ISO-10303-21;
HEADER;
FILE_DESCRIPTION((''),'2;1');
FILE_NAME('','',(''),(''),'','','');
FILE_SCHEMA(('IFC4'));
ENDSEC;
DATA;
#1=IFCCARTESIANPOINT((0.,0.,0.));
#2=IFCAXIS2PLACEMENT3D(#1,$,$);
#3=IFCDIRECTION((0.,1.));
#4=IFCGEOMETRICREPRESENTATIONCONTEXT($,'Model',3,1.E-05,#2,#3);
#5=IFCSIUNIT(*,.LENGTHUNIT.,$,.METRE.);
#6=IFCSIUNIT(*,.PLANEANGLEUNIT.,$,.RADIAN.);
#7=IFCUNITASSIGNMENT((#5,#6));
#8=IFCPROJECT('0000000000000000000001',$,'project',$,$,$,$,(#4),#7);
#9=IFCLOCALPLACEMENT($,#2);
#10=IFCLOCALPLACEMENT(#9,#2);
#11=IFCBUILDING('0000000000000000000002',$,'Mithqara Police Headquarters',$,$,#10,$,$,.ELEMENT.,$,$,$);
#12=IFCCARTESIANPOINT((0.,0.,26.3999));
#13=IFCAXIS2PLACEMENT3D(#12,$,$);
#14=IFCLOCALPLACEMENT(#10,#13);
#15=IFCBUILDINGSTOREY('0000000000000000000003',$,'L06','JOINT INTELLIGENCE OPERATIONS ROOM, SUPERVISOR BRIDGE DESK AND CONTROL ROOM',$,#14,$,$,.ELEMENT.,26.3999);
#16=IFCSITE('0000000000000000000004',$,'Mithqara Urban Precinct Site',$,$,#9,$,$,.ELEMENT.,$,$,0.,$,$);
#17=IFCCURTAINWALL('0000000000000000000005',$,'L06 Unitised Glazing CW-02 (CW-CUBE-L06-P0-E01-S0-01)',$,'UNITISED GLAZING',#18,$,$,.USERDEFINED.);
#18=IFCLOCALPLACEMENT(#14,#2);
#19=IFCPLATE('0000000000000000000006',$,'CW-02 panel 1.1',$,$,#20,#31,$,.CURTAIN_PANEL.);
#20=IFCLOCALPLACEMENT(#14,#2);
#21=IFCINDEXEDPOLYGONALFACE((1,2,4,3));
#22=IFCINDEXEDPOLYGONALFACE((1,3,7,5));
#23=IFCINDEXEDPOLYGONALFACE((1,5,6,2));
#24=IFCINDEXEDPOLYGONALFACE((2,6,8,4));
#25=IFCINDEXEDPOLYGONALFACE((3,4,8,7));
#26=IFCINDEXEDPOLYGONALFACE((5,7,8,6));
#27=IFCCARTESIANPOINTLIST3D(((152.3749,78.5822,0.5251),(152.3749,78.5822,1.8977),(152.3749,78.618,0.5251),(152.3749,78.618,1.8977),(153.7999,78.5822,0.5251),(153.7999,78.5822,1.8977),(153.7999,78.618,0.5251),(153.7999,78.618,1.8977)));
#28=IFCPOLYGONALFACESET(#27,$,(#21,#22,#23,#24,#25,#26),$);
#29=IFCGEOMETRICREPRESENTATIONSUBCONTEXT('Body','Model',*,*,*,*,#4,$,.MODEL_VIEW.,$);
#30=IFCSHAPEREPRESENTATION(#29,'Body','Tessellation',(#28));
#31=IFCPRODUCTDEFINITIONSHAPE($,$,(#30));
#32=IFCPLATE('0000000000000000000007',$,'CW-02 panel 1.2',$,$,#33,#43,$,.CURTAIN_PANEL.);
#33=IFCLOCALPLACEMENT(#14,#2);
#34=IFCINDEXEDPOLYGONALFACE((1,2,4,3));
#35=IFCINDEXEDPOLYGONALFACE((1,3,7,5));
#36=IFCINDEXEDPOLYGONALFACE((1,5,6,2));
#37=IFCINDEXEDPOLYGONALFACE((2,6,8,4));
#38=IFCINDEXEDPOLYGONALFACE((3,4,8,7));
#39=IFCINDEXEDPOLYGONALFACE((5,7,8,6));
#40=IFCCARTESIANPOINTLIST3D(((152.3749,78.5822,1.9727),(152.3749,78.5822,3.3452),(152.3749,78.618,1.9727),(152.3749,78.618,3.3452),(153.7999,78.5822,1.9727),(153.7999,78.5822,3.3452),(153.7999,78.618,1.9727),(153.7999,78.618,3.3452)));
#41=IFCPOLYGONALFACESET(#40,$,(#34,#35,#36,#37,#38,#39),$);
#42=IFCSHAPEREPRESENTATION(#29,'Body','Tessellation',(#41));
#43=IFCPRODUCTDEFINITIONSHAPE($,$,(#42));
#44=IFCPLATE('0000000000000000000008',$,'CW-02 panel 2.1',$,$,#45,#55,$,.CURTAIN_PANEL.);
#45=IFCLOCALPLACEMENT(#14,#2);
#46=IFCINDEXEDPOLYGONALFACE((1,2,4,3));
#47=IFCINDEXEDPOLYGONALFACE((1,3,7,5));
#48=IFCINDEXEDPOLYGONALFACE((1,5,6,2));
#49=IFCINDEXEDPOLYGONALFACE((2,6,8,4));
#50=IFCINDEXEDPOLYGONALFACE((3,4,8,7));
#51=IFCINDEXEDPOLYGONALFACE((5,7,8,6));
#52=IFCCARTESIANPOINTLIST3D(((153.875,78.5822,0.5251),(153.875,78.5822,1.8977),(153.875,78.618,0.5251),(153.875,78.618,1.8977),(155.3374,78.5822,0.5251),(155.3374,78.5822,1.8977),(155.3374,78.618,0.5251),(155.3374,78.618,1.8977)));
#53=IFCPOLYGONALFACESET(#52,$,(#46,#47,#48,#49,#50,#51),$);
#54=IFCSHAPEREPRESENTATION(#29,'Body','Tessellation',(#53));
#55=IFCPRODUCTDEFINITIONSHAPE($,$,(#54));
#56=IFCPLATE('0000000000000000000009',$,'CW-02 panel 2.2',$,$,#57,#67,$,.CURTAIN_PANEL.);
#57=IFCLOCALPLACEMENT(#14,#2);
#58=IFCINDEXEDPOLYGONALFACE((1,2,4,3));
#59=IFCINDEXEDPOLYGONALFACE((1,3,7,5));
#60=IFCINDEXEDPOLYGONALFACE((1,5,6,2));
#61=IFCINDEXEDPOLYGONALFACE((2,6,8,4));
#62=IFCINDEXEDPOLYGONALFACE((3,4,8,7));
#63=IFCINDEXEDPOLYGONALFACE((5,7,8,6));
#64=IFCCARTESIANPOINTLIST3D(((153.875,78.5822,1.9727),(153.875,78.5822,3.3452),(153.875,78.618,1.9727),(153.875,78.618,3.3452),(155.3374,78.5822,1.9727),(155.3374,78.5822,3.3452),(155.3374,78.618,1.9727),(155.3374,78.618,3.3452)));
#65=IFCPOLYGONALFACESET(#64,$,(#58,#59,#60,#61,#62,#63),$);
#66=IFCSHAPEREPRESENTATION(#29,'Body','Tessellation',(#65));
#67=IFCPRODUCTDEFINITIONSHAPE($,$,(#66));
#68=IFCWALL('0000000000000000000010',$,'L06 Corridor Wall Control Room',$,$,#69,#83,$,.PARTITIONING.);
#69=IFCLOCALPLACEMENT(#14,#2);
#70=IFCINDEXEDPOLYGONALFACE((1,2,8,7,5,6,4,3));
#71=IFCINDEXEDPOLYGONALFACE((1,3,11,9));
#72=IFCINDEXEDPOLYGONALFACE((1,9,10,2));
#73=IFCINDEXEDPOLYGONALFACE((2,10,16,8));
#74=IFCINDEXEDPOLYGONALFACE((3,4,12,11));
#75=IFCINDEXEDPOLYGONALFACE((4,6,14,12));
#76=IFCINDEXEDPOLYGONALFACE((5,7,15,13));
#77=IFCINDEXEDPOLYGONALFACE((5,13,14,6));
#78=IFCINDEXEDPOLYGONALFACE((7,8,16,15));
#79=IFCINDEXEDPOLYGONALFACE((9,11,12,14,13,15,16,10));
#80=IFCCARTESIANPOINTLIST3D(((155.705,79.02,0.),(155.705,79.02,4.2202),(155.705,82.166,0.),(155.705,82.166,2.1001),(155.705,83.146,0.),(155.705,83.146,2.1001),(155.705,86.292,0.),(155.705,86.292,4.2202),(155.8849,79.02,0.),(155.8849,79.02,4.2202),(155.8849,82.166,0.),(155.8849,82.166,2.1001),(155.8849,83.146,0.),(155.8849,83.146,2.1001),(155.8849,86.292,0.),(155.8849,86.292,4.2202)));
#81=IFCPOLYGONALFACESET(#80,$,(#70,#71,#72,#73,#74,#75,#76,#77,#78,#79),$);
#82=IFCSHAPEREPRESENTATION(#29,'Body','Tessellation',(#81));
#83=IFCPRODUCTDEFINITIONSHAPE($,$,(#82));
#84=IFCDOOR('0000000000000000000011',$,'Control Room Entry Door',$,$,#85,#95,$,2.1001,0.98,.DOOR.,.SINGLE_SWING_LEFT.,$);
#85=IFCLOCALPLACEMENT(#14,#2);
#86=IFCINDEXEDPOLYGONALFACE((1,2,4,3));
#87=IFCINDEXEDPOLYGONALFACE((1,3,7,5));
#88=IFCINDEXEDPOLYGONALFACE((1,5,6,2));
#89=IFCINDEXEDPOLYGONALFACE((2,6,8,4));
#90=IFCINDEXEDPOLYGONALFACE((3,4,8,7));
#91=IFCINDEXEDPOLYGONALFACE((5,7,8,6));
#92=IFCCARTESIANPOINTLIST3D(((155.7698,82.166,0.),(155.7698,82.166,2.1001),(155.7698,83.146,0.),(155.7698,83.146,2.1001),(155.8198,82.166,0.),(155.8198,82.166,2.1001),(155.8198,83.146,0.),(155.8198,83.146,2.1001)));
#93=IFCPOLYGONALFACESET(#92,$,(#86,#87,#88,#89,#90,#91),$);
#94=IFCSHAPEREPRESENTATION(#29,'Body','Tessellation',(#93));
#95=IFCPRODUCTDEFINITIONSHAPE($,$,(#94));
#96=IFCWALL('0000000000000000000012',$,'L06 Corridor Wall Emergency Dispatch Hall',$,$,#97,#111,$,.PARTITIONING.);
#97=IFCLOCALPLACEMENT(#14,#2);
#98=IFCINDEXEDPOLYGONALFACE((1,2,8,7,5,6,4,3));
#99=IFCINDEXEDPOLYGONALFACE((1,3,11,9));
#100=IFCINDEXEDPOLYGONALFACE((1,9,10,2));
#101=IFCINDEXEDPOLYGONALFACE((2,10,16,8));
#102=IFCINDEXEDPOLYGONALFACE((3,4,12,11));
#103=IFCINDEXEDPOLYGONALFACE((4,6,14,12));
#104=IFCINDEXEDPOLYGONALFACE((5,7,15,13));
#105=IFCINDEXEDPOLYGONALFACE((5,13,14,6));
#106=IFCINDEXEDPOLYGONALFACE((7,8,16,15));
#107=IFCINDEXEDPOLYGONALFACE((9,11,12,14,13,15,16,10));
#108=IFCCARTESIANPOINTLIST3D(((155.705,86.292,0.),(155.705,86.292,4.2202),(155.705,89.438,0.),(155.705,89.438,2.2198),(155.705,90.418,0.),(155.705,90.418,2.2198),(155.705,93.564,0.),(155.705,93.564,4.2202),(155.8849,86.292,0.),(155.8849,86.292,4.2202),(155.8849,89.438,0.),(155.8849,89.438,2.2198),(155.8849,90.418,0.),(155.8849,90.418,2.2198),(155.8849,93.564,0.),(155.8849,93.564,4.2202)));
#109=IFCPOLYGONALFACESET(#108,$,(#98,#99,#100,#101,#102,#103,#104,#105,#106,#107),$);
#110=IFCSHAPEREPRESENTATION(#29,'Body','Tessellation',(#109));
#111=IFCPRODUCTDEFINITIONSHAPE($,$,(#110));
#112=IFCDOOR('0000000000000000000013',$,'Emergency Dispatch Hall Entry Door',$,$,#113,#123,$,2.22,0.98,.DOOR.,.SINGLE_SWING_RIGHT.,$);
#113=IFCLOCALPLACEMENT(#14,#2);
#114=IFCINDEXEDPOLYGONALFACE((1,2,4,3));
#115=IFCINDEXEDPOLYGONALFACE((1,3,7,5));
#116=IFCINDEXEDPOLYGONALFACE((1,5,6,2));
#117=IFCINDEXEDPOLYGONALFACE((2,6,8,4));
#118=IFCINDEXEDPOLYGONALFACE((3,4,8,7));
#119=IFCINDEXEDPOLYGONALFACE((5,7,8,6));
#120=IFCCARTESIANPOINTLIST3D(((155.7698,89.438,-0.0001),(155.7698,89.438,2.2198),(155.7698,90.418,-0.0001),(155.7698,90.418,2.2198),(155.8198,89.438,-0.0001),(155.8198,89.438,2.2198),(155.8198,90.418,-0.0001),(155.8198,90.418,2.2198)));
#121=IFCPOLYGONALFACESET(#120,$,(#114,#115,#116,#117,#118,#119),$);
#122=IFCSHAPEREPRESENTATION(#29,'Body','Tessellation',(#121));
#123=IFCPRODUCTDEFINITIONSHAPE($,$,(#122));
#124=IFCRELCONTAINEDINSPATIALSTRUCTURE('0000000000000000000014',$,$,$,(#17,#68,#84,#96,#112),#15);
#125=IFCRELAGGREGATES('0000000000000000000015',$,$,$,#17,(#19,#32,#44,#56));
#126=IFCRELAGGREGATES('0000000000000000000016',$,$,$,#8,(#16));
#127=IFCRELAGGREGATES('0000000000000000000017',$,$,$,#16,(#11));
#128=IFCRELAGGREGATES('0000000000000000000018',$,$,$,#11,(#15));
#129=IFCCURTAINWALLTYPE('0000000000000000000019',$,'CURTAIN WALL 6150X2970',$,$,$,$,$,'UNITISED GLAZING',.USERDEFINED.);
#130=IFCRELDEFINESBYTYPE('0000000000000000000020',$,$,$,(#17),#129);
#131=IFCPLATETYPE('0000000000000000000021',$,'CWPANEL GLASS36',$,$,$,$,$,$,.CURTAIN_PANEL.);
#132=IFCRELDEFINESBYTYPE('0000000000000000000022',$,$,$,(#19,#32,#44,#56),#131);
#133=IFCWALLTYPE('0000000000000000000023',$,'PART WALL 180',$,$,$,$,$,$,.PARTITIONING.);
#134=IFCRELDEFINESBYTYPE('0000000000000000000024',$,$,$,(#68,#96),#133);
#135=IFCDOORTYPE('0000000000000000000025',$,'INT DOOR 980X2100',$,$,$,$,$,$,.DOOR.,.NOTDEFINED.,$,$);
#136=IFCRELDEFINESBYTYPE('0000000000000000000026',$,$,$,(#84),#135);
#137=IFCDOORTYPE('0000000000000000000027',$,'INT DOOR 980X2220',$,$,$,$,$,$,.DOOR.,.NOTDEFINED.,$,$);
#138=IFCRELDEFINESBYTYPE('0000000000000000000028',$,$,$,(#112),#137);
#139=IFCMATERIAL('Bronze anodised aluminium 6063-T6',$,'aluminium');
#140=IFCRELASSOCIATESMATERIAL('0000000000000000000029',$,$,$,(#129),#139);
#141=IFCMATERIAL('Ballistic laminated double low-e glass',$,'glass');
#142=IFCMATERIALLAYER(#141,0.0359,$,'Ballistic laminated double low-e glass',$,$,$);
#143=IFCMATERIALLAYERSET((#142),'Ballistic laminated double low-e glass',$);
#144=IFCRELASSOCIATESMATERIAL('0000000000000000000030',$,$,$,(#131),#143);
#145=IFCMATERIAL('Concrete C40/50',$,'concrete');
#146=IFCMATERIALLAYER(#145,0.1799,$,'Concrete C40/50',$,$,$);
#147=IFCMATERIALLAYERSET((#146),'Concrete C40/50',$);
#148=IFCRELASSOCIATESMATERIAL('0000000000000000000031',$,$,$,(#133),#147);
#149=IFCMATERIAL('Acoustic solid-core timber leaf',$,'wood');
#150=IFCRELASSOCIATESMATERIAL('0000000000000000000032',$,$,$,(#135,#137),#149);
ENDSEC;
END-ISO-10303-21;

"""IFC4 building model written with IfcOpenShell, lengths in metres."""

from ifc_helpers import new_model, si_unit, direction, frame, frame_2d, origin, origin_2d, place, context, subcontext, project, spatial, rectangle, extrude, material, layer, layer_set, type_object, element, fill, aggregate, save


model = new_model("IFC4")

# Units and contexts
model_context = context("Model", 3, precision=1e-05, world=origin(), true_north=direction((0.0, 1.0)))
body_context = subcontext(model_context, "Body", "Model", "MODEL_VIEW")
ifc_project = project(units=[si_unit("LENGTHUNIT", "METRE"), si_unit("PLANEANGLEUNIT", "RADIAN")], contexts=[model_context])

# Site, building, storey
site_placement = place(None, origin())
site = spatial("IfcSite", under=ifc_project, at=site_placement, Name="Mithqara Urban Precinct Site", CompositionType="ELEMENT", RefElevation=0.0)
building_placement = place(site_placement, origin())
building = spatial("IfcBuilding", under=site, at=building_placement, Name="Mithqara Police Headquarters", CompositionType="ELEMENT")
storey_placement = place(building_placement, frame((0.0, 0.0, 26.3999)))
storey = spatial("IfcBuildingStorey", under=building, at=storey_placement, Name="L06", Description="JOINT INTELLIGENCE OPERATIONS ROOM, SUPERVISOR BRIDGE DESK AND CONTROL ROOM", CompositionType="ELEMENT", Elevation=26.3999)

# Shared definitions
ifc_material_1 = material(Name="Concrete C40/50", Category="concrete")

# Curtain wall, plates
ifc_material_2 = material(Name="Bronze anodised aluminium 6063-T6", Category="aluminium")
curtain_wall_type = type_object("IfcCurtainWallType", Name="CURTAIN WALL 6150X2970", ElementType="UNITISED GLAZING", PredefinedType="USERDEFINED", material=ifc_material_2)
curtain_wall_placement = place(storey_placement, origin())
curtain_wall = element("IfcCurtainWall", 1, at=curtain_wall_placement, inside=storey, type_object=curtain_wall_type, Name="L06 Unitised Glazing CW-02 (CW-CUBE-L06-P0-E01-S0-01)", ObjectType="UNITISED GLAZING", PredefinedType="USERDEFINED")
ifc_material_3 = material(Name="Ballistic laminated double low-e glass", Category="glass")
ifc_layer_1 = layer(ifc_material_3, 0.0359, Name="Ballistic laminated double low-e glass")
ifc_layer_set_1 = layer_set([ifc_layer_1], Name="Ballistic laminated double low-e glass")
plate_type = type_object("IfcPlateType", Name="CWPANEL GLASS36", PredefinedType="CURTAIN_PANEL", material=ifc_layer_set_1)
plate_1_placement = place(storey_placement, frame((153.0874, 78.6001, 0.5251), z_axis=(0.0, 0.0, 1.0), x_axis=(1.0, 0.0, 0.0)))
plate_1 = element("IfcPlate", 2, at=plate_1_placement, type_object=plate_type, Name="CW-02 panel 1.1", PredefinedType="CURTAIN_PANEL", context=body_context, shape_type="SweptSolid", body=[
    extrude(rectangle(XDim=1.425, YDim=0.0359, at=origin_2d()), origin(), (0.0, 0.0, 1.0), 1.3726),
])
plate_2_placement = place(storey_placement, frame((153.0874, 78.6001, 1.9727), z_axis=(0.0, 0.0, 1.0), x_axis=(1.0, 0.0, 0.0)))
plate_2 = element("IfcPlate", 3, at=plate_2_placement, type_object=plate_type, Name="CW-02 panel 1.2", PredefinedType="CURTAIN_PANEL", context=body_context, shape_type="SweptSolid", body=[
    extrude(rectangle(XDim=1.425, YDim=0.0359, at=origin_2d()), origin(), (0.0, 0.0, 1.0), 1.3726),
])
plate_3_placement = place(storey_placement, frame((154.6062, 78.6001, 0.5251), z_axis=(0.0, 0.0, 1.0), x_axis=(1.0, 0.0, 0.0)))
plate_3 = element("IfcPlate", 4, at=plate_3_placement, type_object=plate_type, Name="CW-02 panel 2.1", PredefinedType="CURTAIN_PANEL", context=body_context, shape_type="SweptSolid", body=[
    extrude(rectangle(XDim=1.4624, YDim=0.0359, at=origin_2d()), origin(), (0.0, 0.0, 1.0), 1.3726),
])
plate_4_placement = place(storey_placement, frame((154.6062, 78.6001, 1.9727), z_axis=(0.0, 0.0, 1.0), x_axis=(1.0, 0.0, 0.0)))
plate_4 = element("IfcPlate", 5, at=plate_4_placement, type_object=plate_type, Name="CW-02 panel 2.2", PredefinedType="CURTAIN_PANEL", context=body_context, shape_type="SweptSolid", body=[
    extrude(rectangle(XDim=1.4624, YDim=0.0359, at=origin_2d()), origin(), (0.0, 0.0, 1.0), 1.3726),
])
aggregate(curtain_wall, [plate_1, plate_2, plate_3, plate_4])

# Walls, openings, doors
ifc_layer_2 = layer(ifc_material_1, 0.1799, Name="Concrete C40/50")
ifc_layer_set_2 = layer_set([ifc_layer_2], Name="Concrete C40/50")
wall_type = type_object("IfcWallType", Name="PART WALL 180", PredefinedType="PARTITIONING", material=ifc_layer_set_2)
wall_1_placement = place(storey_placement, frame((155.7949, 79.02, 0.0), z_axis=(0.0, 0.0, 1.0), x_axis=(0.0, 1.0, 0.0)))
wall_1 = element("IfcWall", 6, at=wall_1_placement, inside=storey, type_object=wall_type, Name="L06 Corridor Wall Control Room", PredefinedType="PARTITIONING", context=body_context, shape_type="SweptSolid", body=[
    extrude(rectangle(XDim=7.272, YDim=0.1799, at=frame_2d((3.636, 0.0))), origin(), (0.0, 0.0, 1.0), 4.2202),
])
opening_1_placement = place(wall_1_placement, frame((3.146, 0.0, 0.0)))
opening_1 = element("IfcOpeningElement", 7, at=opening_1_placement, cuts=wall_1, PredefinedType="OPENING", context=body_context, shape_type="SweptSolid", body=[
    extrude(rectangle(XDim=0.98, YDim=2.1001, at=frame_2d((0.49, 1.05))), frame((0.0, 0.1001, 0.0), z_axis=(0.0, -1.0, 0.0), x_axis=(1.0, 0.0, 0.0)), (0.0, 0.0, 1.0), 0.2),
])
ifc_material_4 = material(Name="Acoustic solid-core timber leaf", Category="wood")
door_type_1 = type_object("IfcDoorType", Name="INT DOOR 980X2100", OperationType="NOTDEFINED", PredefinedType="DOOR", material=ifc_material_4)
door_1_placement = place(opening_1_placement, frame((0.98, 0.0, 0.0), z_axis=(0.0, 0.0, 1.0), x_axis=(-1.0, 0.0, 0.0)))
door_1 = element("IfcDoor", 8, at=door_1_placement, inside=storey, type_object=door_type_1, Name="Control Room Entry Door", OperationType="SINGLE_SWING_LEFT", OverallHeight=2.1001, OverallWidth=0.98, PredefinedType="DOOR", context=body_context, shape_type="SweptSolid", body=[
    extrude(rectangle(XDim=0.98, YDim=2.1001, at=frame_2d((0.49, 1.05))), frame((0.0, 0.0249, 0.0), z_axis=(0.0, -1.0, 0.0), x_axis=(1.0, 0.0, 0.0)), (0.0, 0.0, 1.0), 0.05),
])
fill(opening_1, door_1)
wall_2_placement = place(storey_placement, frame((155.7949, 86.292, 0.0), z_axis=(0.0, 0.0, 1.0), x_axis=(0.0, 1.0, 0.0)))
wall_2 = element("IfcWall", 9, at=wall_2_placement, inside=storey, type_object=wall_type, Name="L06 Corridor Wall Emergency Dispatch Hall", PredefinedType="PARTITIONING", context=body_context, shape_type="SweptSolid", body=[
    extrude(rectangle(XDim=7.272, YDim=0.1799, at=frame_2d((3.636, 0.0))), origin(), (0.0, 0.0, 1.0), 4.2202),
])
opening_2_placement = place(wall_2_placement, frame((3.146, 0.0, 0.0)))
opening_2 = element("IfcOpeningElement", 10, at=opening_2_placement, cuts=wall_2, PredefinedType="OPENING", context=body_context, shape_type="SweptSolid", body=[
    extrude(rectangle(XDim=0.98, YDim=2.22, at=frame_2d((0.49, 1.1099))), frame((0.0, 0.1001, 0.0), z_axis=(0.0, -1.0, 0.0), x_axis=(1.0, 0.0, 0.0)), (0.0, 0.0, 1.0), 0.2),
])
door_type_2 = type_object("IfcDoorType", Name="INT DOOR 980X2220", OperationType="NOTDEFINED", PredefinedType="DOOR", material=ifc_material_4)
door_2_placement = place(opening_2_placement, frame((0.98, 0.0, 0.0), z_axis=(0.0, 0.0, 1.0), x_axis=(-1.0, 0.0, 0.0)))
door_2 = element("IfcDoor", 11, at=door_2_placement, inside=storey, type_object=door_type_2, Name="Emergency Dispatch Hall Entry Door", OperationType="SINGLE_SWING_RIGHT", OverallHeight=2.22, OverallWidth=0.98, PredefinedType="DOOR", context=body_context, shape_type="SweptSolid", body=[
    extrude(rectangle(XDim=0.98, YDim=2.22, at=frame_2d((0.49, 1.1099))), frame((0.0, 0.0249, 0.0), z_axis=(0.0, -1.0, 0.0), x_axis=(1.0, 0.0, 0.0)), (0.0, 0.0, 1.0), 0.05),
])
fill(opening_2, door_2)

save(model, "model.ifc")
